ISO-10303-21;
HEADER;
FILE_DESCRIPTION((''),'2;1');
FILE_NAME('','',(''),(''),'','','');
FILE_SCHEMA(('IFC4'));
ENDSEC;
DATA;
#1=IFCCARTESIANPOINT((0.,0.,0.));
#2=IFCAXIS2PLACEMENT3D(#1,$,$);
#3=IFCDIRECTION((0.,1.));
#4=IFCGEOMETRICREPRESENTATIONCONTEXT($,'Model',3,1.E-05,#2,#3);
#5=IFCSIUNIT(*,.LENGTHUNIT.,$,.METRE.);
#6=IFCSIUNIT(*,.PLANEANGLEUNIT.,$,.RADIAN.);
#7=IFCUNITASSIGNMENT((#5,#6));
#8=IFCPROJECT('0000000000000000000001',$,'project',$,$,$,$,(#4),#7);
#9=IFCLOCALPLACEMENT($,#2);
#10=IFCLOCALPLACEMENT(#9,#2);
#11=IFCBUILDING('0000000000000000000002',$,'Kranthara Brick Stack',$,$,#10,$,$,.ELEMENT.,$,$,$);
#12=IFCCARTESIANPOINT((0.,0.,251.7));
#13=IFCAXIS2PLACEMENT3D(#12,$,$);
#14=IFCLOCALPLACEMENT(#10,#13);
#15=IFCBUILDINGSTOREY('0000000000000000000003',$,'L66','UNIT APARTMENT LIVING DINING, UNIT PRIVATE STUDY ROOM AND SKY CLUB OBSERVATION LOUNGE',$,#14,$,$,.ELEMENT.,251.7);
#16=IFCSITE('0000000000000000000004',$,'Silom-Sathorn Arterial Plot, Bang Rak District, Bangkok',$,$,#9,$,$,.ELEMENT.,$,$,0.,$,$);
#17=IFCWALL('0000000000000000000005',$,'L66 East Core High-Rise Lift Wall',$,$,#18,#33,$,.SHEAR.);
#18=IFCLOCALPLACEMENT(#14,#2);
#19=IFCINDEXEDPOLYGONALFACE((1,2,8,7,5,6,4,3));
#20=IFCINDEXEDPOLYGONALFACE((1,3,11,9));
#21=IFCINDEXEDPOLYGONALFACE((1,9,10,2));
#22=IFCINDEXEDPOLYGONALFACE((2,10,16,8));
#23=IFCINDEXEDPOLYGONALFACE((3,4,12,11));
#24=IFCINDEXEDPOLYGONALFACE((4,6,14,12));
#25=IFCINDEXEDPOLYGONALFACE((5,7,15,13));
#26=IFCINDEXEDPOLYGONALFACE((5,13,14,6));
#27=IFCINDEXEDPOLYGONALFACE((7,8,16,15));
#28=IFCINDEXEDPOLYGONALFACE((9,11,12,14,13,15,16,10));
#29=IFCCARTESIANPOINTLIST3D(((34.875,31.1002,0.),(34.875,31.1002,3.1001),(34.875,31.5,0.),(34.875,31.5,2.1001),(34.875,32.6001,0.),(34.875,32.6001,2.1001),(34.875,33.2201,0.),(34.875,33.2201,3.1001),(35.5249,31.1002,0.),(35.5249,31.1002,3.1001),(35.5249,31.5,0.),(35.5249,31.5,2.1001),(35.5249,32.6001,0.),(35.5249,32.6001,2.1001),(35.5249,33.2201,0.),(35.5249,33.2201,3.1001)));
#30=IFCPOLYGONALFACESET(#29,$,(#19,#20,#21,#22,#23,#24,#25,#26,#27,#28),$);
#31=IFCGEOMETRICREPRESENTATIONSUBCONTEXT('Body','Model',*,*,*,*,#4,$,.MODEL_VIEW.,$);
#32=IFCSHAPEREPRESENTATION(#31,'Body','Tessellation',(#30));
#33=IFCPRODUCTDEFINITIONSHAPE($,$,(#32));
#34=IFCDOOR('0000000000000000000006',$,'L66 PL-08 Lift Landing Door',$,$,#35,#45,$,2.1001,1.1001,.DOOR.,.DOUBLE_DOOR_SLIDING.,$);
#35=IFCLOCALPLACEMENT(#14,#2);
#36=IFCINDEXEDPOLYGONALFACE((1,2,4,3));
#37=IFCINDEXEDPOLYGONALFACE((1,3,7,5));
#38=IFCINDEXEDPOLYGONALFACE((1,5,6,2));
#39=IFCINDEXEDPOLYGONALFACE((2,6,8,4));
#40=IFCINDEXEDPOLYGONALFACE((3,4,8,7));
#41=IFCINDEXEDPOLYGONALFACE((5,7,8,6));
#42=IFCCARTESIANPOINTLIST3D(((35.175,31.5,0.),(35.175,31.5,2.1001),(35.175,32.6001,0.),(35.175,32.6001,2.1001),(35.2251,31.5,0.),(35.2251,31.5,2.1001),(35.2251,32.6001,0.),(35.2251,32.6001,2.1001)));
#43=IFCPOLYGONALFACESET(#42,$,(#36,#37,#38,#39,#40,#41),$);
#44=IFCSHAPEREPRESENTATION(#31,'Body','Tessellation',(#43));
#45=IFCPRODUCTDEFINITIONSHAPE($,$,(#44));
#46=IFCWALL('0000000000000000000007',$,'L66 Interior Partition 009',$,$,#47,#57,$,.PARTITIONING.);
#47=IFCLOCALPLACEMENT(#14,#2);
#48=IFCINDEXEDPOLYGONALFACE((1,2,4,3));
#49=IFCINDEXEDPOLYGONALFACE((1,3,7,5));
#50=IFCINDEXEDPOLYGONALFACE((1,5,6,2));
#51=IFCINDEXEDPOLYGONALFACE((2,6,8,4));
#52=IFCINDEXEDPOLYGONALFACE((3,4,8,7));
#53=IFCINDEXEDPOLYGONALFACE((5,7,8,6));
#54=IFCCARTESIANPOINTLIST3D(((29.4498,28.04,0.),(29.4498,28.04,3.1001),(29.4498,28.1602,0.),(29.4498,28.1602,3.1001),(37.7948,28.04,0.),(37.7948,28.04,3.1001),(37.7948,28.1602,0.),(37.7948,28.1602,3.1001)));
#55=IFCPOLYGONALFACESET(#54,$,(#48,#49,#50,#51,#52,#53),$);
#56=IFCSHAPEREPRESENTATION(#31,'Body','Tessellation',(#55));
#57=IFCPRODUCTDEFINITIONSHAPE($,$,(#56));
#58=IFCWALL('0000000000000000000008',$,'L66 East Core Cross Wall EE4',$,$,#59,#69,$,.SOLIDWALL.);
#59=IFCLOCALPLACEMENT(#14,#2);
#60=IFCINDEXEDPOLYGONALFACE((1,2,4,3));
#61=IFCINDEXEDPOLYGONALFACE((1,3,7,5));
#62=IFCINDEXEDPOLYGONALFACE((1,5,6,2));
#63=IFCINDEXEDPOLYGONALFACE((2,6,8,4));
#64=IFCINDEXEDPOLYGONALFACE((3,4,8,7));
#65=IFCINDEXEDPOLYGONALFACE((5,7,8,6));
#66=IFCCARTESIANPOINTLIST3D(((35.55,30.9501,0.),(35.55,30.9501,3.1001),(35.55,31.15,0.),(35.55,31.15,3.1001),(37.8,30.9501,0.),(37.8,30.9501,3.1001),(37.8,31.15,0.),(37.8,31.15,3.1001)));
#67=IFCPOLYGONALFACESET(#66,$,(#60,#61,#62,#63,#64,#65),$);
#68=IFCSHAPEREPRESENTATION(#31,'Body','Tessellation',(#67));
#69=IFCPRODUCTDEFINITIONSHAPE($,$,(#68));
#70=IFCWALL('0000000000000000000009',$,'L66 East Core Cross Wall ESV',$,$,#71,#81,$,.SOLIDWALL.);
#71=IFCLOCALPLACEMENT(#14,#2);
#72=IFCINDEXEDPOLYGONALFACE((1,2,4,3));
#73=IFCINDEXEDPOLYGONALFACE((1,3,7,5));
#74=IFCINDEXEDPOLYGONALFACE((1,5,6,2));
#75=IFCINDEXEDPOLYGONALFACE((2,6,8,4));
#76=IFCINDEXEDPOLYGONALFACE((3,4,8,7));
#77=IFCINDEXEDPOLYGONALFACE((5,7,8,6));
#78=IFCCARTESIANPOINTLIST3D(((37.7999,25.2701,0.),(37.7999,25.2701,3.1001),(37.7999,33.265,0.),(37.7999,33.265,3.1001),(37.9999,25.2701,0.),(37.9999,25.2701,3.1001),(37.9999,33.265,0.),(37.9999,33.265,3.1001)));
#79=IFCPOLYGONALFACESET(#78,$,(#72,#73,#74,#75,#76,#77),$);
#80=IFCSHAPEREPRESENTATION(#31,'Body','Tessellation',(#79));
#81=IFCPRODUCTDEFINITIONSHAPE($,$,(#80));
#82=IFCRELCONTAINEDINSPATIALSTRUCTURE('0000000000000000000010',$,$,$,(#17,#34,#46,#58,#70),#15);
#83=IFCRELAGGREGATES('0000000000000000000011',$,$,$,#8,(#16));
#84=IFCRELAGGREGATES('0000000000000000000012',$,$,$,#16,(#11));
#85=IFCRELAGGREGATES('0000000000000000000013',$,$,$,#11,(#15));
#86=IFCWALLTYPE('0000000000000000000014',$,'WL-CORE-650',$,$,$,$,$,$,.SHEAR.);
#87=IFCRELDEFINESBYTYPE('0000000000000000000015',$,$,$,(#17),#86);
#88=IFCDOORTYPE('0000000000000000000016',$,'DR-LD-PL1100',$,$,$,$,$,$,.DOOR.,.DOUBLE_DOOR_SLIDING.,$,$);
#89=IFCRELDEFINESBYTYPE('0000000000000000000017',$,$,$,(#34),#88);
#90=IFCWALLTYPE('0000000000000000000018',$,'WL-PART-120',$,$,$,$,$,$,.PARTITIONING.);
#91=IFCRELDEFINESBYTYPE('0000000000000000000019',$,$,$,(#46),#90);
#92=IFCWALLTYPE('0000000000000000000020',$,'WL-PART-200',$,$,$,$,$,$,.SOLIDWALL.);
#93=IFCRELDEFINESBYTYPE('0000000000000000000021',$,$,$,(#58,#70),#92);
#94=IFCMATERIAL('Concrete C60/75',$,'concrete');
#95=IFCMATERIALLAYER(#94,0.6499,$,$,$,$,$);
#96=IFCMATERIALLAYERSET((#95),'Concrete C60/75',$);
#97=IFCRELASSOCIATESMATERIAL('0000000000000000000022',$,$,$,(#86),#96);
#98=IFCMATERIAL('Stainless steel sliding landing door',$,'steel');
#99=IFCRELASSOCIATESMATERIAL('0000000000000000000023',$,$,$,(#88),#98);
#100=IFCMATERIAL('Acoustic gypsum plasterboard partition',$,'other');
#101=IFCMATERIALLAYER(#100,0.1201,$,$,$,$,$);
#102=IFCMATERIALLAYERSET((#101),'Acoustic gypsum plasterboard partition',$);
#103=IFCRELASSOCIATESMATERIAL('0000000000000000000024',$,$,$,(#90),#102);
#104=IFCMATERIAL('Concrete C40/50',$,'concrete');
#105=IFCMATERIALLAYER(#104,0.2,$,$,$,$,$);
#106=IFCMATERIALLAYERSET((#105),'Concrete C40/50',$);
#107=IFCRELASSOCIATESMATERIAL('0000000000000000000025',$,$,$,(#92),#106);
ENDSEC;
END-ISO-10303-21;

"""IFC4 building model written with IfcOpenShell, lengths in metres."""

from ifc_helpers import new_model, si_unit, direction, frame, frame_2d, origin, place, context, subcontext, project, spatial, rectangle, extrude, material, layer, layer_set, type_object, element, fill, save


model = new_model("IFC4")

# Units and contexts
model_context = context("Model", 3, precision=1e-05, world=origin(), true_north=direction((0.0, 1.0)))
body_context = subcontext(model_context, "Body", "Model", "MODEL_VIEW")
ifc_project = project(units=[si_unit("LENGTHUNIT", "METRE"), si_unit("PLANEANGLEUNIT", "RADIAN")], contexts=[model_context])

# Site, building, storey
site_placement = place(None, origin())
site = spatial("IfcSite", under=ifc_project, at=site_placement, Name="Silom-Sathorn Arterial Plot, Bang Rak District, Bangkok", CompositionType="ELEMENT", RefElevation=0.0)
building_placement = place(site_placement, origin())
building = spatial("IfcBuilding", under=site, at=building_placement, Name="Kranthara Brick Stack", CompositionType="ELEMENT")
storey_placement = place(building_placement, frame((0.0, 0.0, 251.7)))
storey = spatial("IfcBuildingStorey", under=building, at=storey_placement, Name="L66", Description="UNIT APARTMENT LIVING DINING, UNIT PRIVATE STUDY ROOM AND SKY CLUB OBSERVATION LOUNGE", CompositionType="ELEMENT", Elevation=251.7)

# Shared definitions
ifc_material_1 = material(Name="Concrete C60/75", Category="concrete")
ifc_layer_1 = layer(ifc_material_1, 0.6499)
ifc_layer_set_1 = layer_set([ifc_layer_1], Name="Concrete C60/75")
wall_type_1 = type_object("IfcWallType", Name="WL-CORE-650", PredefinedType="SHEAR", material=ifc_layer_set_1)

# Wall, opening, door
wall_1_placement = place(storey_placement, frame((35.2, 31.1001, 0.0), z_axis=(0.0, 0.0, 1.0), x_axis=(0.0, 1.0, 0.0)))
wall_1 = element("IfcWall", 1, at=wall_1_placement, inside=storey, type_object=wall_type_1, Name="L66 East Core High-Rise Lift Wall", PredefinedType="SHEAR", context=body_context, shape_type="SweptSolid", body=[
    extrude(rectangle(XDim=2.1199, YDim=0.6499, at=frame_2d((1.0601, 0.0))), origin(), (0.0, 0.0, 1.0), 3.1001),
])
opening_1_placement = place(wall_1_placement, frame((0.3999, 0.0, 0.0)))
opening_1 = element("IfcOpeningElement", 2, at=opening_1_placement, cuts=wall_1, PredefinedType="OPENING", context=body_context, shape_type="SweptSolid", body=[
    extrude(rectangle(XDim=1.1001, YDim=2.1001, at=frame_2d((0.55, 1.05))), frame((0.0, 0.335, 0.0), z_axis=(0.0, -1.0, 0.0), x_axis=(1.0, 0.0, 0.0)), (0.0, 0.0, 1.0), 0.6699),
])
ifc_material_2 = material(Name="Stainless steel sliding landing door", Category="steel")
door_type_1 = type_object("IfcDoorType", Name="DR-LD-PL1100", OperationType="DOUBLE_DOOR_SLIDING", PredefinedType="DOOR", material=ifc_material_2)
door_1_placement = place(opening_1_placement, origin())
door_1 = element("IfcDoor", 3, at=door_1_placement, inside=storey, type_object=door_type_1, Name="L66 PL-08 Lift Landing Door", OperationType="DOUBLE_DOOR_SLIDING", OverallHeight=2.1001, OverallWidth=1.1001, PredefinedType="DOOR", context=body_context, shape_type="SweptSolid", body=[
    extrude(rectangle(XDim=1.1001, YDim=2.1001, at=frame_2d((0.55, 1.05))), frame((0.0, 0.0249, 0.0), z_axis=(0.0, -1.0, 0.0), x_axis=(1.0, 0.0, 0.0)), (0.0, 0.0, 1.0), 0.05),
])
fill(opening_1, door_1)

# Walls
ifc_material_3 = material(Name="Acoustic gypsum plasterboard partition", Category="other")
ifc_layer_2 = layer(ifc_material_3, 0.1201)
ifc_layer_set_2 = layer_set([ifc_layer_2], Name="Acoustic gypsum plasterboard partition")
wall_type_2 = type_object("IfcWallType", Name="WL-PART-120", PredefinedType="PARTITIONING", material=ifc_layer_set_2)
wall_2_placement = place(storey_placement, frame((29.45, 28.1001, 0.0), z_axis=(0.0, 0.0, 1.0), x_axis=(1.0, 0.0, 0.0)))
element("IfcWall", 4, at=wall_2_placement, inside=storey, type_object=wall_type_2, Name="L66 Interior Partition 009", PredefinedType="PARTITIONING", context=body_context, shape_type="SweptSolid", body=[
    extrude(rectangle(XDim=8.345, YDim=0.1201, at=frame_2d((4.1724, 0.0))), origin(), (0.0, 0.0, 1.0), 3.1001),
])
ifc_material_4 = material(Name="Concrete C40/50", Category="concrete")
ifc_layer_3 = layer(ifc_material_4, 0.2)
ifc_layer_set_3 = layer_set([ifc_layer_3], Name="Concrete C40/50")
wall_type_3 = type_object("IfcWallType", Name="WL-PART-200", PredefinedType="SOLIDWALL", material=ifc_layer_set_3)
wall_3_placement = place(storey_placement, frame((35.55, 31.05, 0.0), z_axis=(0.0, 0.0, 1.0), x_axis=(1.0, 0.0, 0.0)))
element("IfcWall", 5, at=wall_3_placement, inside=storey, type_object=wall_type_3, Name="L66 East Core Cross Wall EE4", PredefinedType="SOLIDWALL", context=body_context, shape_type="SweptSolid", body=[
    extrude(rectangle(XDim=2.25, YDim=0.2, at=frame_2d((1.125, 0.0))), origin(), (0.0, 0.0, 1.0), 3.1001),
])
wall_4_placement = place(storey_placement, frame((37.8999, 25.27, 0.0), z_axis=(0.0, 0.0, 1.0), x_axis=(0.0, 1.0, 0.0)))
element("IfcWall", 6, at=wall_4_placement, inside=storey, type_object=wall_type_3, Name="L66 East Core Cross Wall ESV", PredefinedType="SOLIDWALL", context=body_context, shape_type="SweptSolid", body=[
    extrude(rectangle(XDim=7.9949, YDim=0.2, at=frame_2d((3.9976, 0.0))), origin(), (0.0, 0.0, 1.0), 3.1001),
])

save(model, "model.ifc")
